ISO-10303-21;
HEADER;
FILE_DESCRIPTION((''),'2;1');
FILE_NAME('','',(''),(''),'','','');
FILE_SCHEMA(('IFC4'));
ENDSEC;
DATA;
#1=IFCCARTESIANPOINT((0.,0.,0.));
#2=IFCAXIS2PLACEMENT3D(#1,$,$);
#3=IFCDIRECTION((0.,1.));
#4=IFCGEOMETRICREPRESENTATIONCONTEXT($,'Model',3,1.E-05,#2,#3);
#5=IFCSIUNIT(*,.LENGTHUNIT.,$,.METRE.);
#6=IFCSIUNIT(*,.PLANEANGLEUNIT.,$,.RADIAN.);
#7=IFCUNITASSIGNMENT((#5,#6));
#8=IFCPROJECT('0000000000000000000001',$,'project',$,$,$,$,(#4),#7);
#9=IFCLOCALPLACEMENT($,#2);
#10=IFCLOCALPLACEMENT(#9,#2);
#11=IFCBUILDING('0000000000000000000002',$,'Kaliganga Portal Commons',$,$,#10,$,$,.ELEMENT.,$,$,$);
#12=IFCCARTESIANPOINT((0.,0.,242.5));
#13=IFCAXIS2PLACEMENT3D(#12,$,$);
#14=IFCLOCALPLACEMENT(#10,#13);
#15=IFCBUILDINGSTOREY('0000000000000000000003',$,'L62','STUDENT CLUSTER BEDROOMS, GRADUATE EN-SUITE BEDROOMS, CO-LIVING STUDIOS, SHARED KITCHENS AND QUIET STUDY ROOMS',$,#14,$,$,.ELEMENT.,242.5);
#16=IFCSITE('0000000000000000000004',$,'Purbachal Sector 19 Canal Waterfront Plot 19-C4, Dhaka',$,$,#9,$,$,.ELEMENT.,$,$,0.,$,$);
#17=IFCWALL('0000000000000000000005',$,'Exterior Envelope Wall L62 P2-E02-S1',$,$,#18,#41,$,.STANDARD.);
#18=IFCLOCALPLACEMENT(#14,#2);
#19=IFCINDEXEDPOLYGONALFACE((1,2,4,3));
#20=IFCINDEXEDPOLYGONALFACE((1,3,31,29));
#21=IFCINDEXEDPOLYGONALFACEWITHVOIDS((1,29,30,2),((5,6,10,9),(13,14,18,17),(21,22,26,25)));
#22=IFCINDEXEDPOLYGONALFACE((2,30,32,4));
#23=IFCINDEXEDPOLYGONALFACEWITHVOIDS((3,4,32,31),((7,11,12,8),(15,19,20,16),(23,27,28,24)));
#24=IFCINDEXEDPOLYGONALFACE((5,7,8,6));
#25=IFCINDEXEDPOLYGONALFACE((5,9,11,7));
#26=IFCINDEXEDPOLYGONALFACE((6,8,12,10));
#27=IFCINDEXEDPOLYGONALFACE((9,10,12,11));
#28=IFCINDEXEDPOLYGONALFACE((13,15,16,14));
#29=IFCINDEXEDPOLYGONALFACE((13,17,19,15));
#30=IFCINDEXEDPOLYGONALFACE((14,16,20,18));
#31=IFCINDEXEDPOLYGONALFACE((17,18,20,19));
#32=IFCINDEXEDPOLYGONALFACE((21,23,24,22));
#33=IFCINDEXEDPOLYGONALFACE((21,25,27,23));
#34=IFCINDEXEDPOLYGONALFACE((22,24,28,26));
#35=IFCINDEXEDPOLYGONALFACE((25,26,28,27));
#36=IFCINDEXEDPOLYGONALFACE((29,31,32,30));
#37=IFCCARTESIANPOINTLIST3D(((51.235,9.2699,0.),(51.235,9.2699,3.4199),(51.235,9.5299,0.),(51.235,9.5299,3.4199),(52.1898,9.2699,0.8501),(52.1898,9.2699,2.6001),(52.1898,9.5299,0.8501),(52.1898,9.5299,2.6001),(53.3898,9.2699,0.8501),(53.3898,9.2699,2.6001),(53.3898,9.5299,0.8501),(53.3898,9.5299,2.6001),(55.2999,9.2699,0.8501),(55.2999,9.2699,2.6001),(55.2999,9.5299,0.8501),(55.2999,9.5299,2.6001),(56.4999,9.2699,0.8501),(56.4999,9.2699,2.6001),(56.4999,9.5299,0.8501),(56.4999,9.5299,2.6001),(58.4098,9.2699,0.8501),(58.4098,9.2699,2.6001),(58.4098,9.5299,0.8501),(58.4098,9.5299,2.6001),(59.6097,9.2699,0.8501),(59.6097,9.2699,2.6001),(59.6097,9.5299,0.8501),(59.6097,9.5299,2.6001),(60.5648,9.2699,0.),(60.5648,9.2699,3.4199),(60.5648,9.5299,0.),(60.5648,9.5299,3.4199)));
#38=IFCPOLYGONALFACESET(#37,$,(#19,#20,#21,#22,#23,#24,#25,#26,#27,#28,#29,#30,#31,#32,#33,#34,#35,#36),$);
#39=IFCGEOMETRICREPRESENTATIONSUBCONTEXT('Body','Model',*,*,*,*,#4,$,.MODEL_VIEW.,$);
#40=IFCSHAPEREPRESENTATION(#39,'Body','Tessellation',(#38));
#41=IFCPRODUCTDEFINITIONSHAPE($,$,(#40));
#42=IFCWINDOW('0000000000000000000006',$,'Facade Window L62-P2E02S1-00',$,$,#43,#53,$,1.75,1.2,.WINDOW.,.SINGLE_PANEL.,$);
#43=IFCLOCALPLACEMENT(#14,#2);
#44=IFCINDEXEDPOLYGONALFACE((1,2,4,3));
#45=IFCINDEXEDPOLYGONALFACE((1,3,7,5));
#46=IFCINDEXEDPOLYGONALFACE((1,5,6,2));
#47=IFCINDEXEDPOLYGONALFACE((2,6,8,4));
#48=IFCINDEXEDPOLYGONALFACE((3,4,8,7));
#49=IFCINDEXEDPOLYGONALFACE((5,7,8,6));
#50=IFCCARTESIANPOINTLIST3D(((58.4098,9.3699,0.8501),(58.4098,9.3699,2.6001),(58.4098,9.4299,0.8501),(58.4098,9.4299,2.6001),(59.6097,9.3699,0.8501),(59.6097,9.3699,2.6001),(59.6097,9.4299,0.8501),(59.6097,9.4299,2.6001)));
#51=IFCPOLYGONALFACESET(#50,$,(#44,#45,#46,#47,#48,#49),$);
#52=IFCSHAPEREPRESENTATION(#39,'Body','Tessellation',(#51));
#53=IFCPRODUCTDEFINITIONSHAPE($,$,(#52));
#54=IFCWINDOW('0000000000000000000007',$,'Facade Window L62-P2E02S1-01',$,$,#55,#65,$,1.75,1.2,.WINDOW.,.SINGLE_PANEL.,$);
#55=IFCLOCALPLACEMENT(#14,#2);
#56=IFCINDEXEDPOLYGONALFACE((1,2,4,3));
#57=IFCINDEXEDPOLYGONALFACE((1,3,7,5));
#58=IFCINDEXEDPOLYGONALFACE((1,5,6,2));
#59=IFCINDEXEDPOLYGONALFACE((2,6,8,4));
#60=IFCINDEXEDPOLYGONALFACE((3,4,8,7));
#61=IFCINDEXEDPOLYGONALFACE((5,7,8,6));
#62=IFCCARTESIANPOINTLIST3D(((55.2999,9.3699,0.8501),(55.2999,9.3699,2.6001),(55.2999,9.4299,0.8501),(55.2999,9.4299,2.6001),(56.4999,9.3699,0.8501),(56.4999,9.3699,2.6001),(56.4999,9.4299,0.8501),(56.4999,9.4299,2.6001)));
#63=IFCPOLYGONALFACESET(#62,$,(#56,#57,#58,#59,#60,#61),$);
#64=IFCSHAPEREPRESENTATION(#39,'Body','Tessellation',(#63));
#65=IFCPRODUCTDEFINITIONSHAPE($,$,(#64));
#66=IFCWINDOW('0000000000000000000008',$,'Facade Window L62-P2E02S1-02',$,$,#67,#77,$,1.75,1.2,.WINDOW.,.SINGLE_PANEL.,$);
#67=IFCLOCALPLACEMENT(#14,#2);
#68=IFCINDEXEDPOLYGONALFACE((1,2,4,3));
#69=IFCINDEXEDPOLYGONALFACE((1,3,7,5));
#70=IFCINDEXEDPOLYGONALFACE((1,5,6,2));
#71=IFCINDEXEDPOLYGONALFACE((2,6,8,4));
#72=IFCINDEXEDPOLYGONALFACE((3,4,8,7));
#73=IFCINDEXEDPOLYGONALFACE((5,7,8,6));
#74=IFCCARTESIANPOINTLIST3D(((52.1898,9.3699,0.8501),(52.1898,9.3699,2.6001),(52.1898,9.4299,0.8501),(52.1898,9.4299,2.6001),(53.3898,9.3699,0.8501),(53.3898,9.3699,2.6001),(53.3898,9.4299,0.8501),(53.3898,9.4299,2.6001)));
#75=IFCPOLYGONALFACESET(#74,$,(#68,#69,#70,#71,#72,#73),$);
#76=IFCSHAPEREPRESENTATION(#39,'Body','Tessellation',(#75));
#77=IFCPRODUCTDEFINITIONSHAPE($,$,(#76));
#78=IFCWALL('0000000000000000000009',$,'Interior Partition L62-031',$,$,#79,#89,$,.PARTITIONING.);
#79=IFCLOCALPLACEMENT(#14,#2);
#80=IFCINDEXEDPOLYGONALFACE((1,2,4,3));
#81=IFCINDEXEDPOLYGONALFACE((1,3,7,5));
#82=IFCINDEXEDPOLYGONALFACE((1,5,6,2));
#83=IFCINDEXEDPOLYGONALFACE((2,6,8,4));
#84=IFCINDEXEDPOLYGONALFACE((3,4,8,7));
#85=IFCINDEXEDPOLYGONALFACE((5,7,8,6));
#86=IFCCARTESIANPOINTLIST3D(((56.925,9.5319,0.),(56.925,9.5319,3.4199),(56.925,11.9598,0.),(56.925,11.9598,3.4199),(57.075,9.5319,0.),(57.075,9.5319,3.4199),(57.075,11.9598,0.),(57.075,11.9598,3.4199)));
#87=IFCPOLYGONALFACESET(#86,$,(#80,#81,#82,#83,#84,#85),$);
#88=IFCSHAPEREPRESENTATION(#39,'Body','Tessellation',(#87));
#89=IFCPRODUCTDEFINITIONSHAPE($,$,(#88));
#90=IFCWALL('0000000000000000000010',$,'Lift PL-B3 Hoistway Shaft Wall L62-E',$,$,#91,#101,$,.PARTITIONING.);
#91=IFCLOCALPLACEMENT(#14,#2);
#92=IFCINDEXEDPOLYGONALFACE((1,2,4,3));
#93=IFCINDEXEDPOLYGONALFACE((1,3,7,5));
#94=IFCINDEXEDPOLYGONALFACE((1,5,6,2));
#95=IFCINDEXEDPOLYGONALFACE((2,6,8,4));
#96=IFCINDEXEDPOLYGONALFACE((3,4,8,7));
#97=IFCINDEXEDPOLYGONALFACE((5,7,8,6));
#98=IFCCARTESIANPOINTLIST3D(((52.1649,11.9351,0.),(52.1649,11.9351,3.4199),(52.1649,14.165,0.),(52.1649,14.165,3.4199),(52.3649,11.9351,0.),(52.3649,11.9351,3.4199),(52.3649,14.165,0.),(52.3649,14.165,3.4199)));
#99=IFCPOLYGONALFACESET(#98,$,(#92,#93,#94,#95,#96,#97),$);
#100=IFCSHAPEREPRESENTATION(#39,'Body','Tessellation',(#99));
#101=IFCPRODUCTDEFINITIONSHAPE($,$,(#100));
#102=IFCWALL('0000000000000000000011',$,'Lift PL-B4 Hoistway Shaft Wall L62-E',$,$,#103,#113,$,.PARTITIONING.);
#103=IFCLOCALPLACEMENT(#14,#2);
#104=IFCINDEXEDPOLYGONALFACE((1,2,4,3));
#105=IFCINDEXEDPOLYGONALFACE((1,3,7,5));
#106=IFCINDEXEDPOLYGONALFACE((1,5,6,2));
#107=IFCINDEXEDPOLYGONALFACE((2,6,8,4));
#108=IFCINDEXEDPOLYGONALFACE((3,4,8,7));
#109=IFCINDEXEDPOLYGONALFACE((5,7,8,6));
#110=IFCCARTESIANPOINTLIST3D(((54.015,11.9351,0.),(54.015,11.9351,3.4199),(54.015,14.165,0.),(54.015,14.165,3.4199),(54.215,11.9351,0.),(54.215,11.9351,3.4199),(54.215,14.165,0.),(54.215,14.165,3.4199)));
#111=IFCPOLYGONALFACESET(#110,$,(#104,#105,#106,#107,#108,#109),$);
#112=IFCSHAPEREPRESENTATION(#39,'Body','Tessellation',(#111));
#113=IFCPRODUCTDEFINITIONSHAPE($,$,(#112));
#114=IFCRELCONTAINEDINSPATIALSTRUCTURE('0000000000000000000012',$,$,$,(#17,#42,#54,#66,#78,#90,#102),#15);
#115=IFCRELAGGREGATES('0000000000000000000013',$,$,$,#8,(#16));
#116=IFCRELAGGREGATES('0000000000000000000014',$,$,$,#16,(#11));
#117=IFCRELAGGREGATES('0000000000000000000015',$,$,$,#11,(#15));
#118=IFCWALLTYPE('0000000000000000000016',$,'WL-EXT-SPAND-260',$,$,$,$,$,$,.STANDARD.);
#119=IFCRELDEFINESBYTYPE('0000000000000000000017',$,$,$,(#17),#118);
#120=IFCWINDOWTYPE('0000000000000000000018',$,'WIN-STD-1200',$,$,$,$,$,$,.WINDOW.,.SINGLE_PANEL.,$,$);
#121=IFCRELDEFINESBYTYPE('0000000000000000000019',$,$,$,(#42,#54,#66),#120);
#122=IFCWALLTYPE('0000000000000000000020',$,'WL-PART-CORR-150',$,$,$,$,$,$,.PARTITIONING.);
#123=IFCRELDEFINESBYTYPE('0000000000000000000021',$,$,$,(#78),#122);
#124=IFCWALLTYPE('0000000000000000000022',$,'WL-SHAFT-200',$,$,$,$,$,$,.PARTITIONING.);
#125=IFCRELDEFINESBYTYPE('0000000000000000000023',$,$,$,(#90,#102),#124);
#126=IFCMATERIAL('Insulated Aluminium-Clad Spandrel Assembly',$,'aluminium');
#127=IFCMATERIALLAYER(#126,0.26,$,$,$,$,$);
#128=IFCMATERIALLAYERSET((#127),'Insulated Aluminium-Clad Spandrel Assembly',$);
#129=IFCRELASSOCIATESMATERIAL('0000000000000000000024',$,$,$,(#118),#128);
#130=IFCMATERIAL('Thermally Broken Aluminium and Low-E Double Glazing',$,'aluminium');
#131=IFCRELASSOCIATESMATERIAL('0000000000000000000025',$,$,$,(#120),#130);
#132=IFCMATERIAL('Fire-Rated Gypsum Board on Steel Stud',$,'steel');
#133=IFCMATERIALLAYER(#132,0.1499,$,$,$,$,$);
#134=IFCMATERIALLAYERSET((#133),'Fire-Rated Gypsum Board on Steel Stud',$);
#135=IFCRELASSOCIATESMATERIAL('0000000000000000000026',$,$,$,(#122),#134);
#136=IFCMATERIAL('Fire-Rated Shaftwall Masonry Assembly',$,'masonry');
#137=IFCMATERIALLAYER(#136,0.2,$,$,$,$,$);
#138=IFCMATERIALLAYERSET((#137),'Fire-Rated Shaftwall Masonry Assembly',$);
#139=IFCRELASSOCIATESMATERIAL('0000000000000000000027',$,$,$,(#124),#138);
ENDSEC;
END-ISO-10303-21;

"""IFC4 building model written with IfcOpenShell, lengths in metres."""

from ifc_helpers import new_model, si_unit, direction, frame, frame_2d, origin, place, context, subcontext, project, spatial, rectangle, extrude, material, layer, layer_set, type_object, element, fill, save


model = new_model("IFC4")

# Units and contexts
model_context = context("Model", 3, precision=1e-05, world=origin(), true_north=direction((0.0, 1.0)))
body_context = subcontext(model_context, "Body", "Model", "MODEL_VIEW")
ifc_project = project(units=[si_unit("LENGTHUNIT", "METRE"), si_unit("PLANEANGLEUNIT", "RADIAN")], contexts=[model_context])

# Site, building, storey
site_placement = place(None, origin())
site = spatial("IfcSite", under=ifc_project, at=site_placement, Name="Purbachal Sector 19 Canal Waterfront Plot 19-C4, Dhaka", CompositionType="ELEMENT", RefElevation=0.0)
building_placement = place(site_placement, origin())
building = spatial("IfcBuilding", under=site, at=building_placement, Name="Kaliganga Portal Commons", CompositionType="ELEMENT")
storey_placement = place(building_placement, frame((0.0, 0.0, 242.5)))
storey = spatial("IfcBuildingStorey", under=building, at=storey_placement, Name="L62", Description="STUDENT CLUSTER BEDROOMS, GRADUATE EN-SUITE BEDROOMS, CO-LIVING STUDIOS, SHARED KITCHENS AND QUIET STUDY ROOMS", CompositionType="ELEMENT", Elevation=242.5)

# Shared definitions
ifc_material_1 = material(Name="Insulated Aluminium-Clad Spandrel Assembly", Category="aluminium")
ifc_layer_1 = layer(ifc_material_1, 0.26)
ifc_layer_set_1 = layer_set([ifc_layer_1], Name="Insulated Aluminium-Clad Spandrel Assembly")
wall_type_1 = type_object("IfcWallType", Name="WL-EXT-SPAND-260", PredefinedType="STANDARD", material=ifc_layer_set_1)
ifc_material_2 = material(Name="Thermally Broken Aluminium and Low-E Double Glazing", Category="aluminium")
window_type_1 = type_object("IfcWindowType", Name="WIN-STD-1200", PartitioningType="SINGLE_PANEL", PredefinedType="WINDOW", material=ifc_material_2)

# Wall, openings, windows
wall_1_placement = place(storey_placement, frame((60.5649, 9.3999, 0.0), z_axis=(0.0, 0.0, 1.0), x_axis=(-1.0, 0.0, 0.0)))
wall_1 = element("IfcWall", 1, at=wall_1_placement, inside=storey, type_object=wall_type_1, Name="Exterior Envelope Wall L62 P2-E02-S1", PredefinedType="STANDARD", context=body_context, shape_type="SweptSolid", body=[
    extrude(rectangle(XDim=9.3298, YDim=0.26, at=frame_2d((4.665, 0.0))), origin(), (0.0, 0.0, 1.0), 3.4199),
])
opening_1_placement = place(wall_1_placement, frame((0.9551, 0.0, 0.8501)))
opening_1 = element("IfcOpeningElement", 2, at=opening_1_placement, cuts=wall_1, PredefinedType="OPENING", context=body_context, shape_type="SweptSolid", body=[
    extrude(rectangle(XDim=1.2, YDim=1.75, at=frame_2d((0.6001, 0.875))), frame((0.0, 0.1401, 0.0), z_axis=(0.0, -1.0, 0.0), x_axis=(1.0, 0.0, 0.0)), (0.0, 0.0, 1.0), 0.28),
])
opening_2_placement = place(wall_1_placement, frame((4.0649, 0.0, 0.8501)))
opening_2 = element("IfcOpeningElement", 3, at=opening_2_placement, cuts=wall_1, PredefinedType="OPENING", context=body_context, shape_type="SweptSolid", body=[
    extrude(rectangle(XDim=1.2, YDim=1.75, at=frame_2d((0.6001, 0.875))), frame((0.0, 0.1401, 0.0), z_axis=(0.0, -1.0, 0.0), x_axis=(1.0, 0.0, 0.0)), (0.0, 0.0, 1.0), 0.28),
])
opening_3_placement = place(wall_1_placement, frame((7.175, 0.0, 0.8501)))
opening_3 = element("IfcOpeningElement", 4, at=opening_3_placement, cuts=wall_1, PredefinedType="OPENING", context=body_context, shape_type="SweptSolid", body=[
    extrude(rectangle(XDim=1.2, YDim=1.75, at=frame_2d((0.6001, 0.875))), frame((0.0, 0.1401, 0.0), z_axis=(0.0, -1.0, 0.0), x_axis=(1.0, 0.0, 0.0)), (0.0, 0.0, 1.0), 0.28),
])
window_1_placement = place(opening_1_placement, origin())
window_1 = element("IfcWindow", 5, at=window_1_placement, inside=storey, type_object=window_type_1, Name="Facade Window L62-P2E02S1-00", OverallHeight=1.75, OverallWidth=1.2, PartitioningType="SINGLE_PANEL", PredefinedType="WINDOW", context=body_context, shape_type="SweptSolid", body=[
    extrude(rectangle(XDim=1.2, YDim=1.75, at=frame_2d((0.6001, 0.875))), frame((0.0, 0.03, 0.0), z_axis=(0.0, -1.0, 0.0), x_axis=(1.0, 0.0, 0.0)), (0.0, 0.0, 1.0), 0.0601),
])
fill(opening_1, window_1)
window_2_placement = place(opening_2_placement, origin())
window_2 = element("IfcWindow", 6, at=window_2_placement, inside=storey, type_object=window_type_1, Name="Facade Window L62-P2E02S1-01", OverallHeight=1.75, OverallWidth=1.2, PartitioningType="SINGLE_PANEL", PredefinedType="WINDOW", context=body_context, shape_type="SweptSolid", body=[
    extrude(rectangle(XDim=1.2, YDim=1.75, at=frame_2d((0.6001, 0.875))), frame((0.0, 0.03, 0.0), z_axis=(0.0, -1.0, 0.0), x_axis=(1.0, 0.0, 0.0)), (0.0, 0.0, 1.0), 0.0601),
])
fill(opening_2, window_2)
window_3_placement = place(opening_3_placement, origin())
window_3 = element("IfcWindow", 7, at=window_3_placement, inside=storey, type_object=window_type_1, Name="Facade Window L62-P2E02S1-02", OverallHeight=1.75, OverallWidth=1.2, PartitioningType="SINGLE_PANEL", PredefinedType="WINDOW", context=body_context, shape_type="SweptSolid", body=[
    extrude(rectangle(XDim=1.2, YDim=1.75, at=frame_2d((0.6001, 0.875))), frame((0.0, 0.03, 0.0), z_axis=(0.0, -1.0, 0.0), x_axis=(1.0, 0.0, 0.0)), (0.0, 0.0, 1.0), 0.0601),
])
fill(opening_3, window_3)

# Wall
ifc_material_3 = material(Name="Fire-Rated Gypsum Board on Steel Stud", Category="steel")
ifc_layer_2 = layer(ifc_material_3, 0.1499)
ifc_layer_set_2 = layer_set([ifc_layer_2], Name="Fire-Rated Gypsum Board on Steel Stud")
wall_type_2 = type_object("IfcWallType", Name="WL-PART-CORR-150", PredefinedType="PARTITIONING", material=ifc_layer_set_2)
wall_2_placement = place(storey_placement, frame((57.0, 9.532, 0.0), z_axis=(0.0, 0.0, 1.0), x_axis=(0.0, 1.0, 0.0)))
element("IfcWall", 8, at=wall_2_placement, inside=storey, type_object=wall_type_2, Name="Interior Partition L62-031", PredefinedType="PARTITIONING", context=body_context, shape_type="SweptSolid", body=[
    extrude(rectangle(XDim=2.428, YDim=0.1499, at=frame_2d((1.2139, 0.0))), origin(), (0.0, 0.0, 1.0), 3.4199),
])

# Shared definitions
ifc_material_4 = material(Name="Fire-Rated Shaftwall Masonry Assembly", Category="masonry")
ifc_layer_3 = layer(ifc_material_4, 0.2)
ifc_layer_set_3 = layer_set([ifc_layer_3], Name="Fire-Rated Shaftwall Masonry Assembly")
wall_type_3 = type_object("IfcWallType", Name="WL-SHAFT-200", PredefinedType="PARTITIONING", material=ifc_layer_set_3)

# Wall
wall_3_placement = place(storey_placement, frame((52.2649, 11.9351, 0.0), z_axis=(0.0, 0.0, 1.0), x_axis=(0.0, 1.0, 0.0)))
element("IfcWall", 9, at=wall_3_placement, inside=storey, type_object=wall_type_3, Name="Lift PL-B3 Hoistway Shaft Wall L62-E", PredefinedType="PARTITIONING", context=body_context, shape_type="SweptSolid", body=[
    extrude(rectangle(XDim=2.23, YDim=0.2, at=frame_2d((1.115, 0.0))), origin(), (0.0, 0.0, 1.0), 3.4199),
])

# Wall
wall_4_placement = place(storey_placement, frame((54.115, 11.9351, 0.0), z_axis=(0.0, 0.0, 1.0), x_axis=(0.0, 1.0, 0.0)))
element("IfcWall", 10, at=wall_4_placement, inside=storey, type_object=wall_type_3, Name="Lift PL-B4 Hoistway Shaft Wall L62-E", PredefinedType="PARTITIONING", context=body_context, shape_type="SweptSolid", body=[
    extrude(rectangle(XDim=2.23, YDim=0.2, at=frame_2d((1.115, 0.0))), origin(), (0.0, 0.0, 1.0), 3.4199),
])

save(model, "model.ifc")
